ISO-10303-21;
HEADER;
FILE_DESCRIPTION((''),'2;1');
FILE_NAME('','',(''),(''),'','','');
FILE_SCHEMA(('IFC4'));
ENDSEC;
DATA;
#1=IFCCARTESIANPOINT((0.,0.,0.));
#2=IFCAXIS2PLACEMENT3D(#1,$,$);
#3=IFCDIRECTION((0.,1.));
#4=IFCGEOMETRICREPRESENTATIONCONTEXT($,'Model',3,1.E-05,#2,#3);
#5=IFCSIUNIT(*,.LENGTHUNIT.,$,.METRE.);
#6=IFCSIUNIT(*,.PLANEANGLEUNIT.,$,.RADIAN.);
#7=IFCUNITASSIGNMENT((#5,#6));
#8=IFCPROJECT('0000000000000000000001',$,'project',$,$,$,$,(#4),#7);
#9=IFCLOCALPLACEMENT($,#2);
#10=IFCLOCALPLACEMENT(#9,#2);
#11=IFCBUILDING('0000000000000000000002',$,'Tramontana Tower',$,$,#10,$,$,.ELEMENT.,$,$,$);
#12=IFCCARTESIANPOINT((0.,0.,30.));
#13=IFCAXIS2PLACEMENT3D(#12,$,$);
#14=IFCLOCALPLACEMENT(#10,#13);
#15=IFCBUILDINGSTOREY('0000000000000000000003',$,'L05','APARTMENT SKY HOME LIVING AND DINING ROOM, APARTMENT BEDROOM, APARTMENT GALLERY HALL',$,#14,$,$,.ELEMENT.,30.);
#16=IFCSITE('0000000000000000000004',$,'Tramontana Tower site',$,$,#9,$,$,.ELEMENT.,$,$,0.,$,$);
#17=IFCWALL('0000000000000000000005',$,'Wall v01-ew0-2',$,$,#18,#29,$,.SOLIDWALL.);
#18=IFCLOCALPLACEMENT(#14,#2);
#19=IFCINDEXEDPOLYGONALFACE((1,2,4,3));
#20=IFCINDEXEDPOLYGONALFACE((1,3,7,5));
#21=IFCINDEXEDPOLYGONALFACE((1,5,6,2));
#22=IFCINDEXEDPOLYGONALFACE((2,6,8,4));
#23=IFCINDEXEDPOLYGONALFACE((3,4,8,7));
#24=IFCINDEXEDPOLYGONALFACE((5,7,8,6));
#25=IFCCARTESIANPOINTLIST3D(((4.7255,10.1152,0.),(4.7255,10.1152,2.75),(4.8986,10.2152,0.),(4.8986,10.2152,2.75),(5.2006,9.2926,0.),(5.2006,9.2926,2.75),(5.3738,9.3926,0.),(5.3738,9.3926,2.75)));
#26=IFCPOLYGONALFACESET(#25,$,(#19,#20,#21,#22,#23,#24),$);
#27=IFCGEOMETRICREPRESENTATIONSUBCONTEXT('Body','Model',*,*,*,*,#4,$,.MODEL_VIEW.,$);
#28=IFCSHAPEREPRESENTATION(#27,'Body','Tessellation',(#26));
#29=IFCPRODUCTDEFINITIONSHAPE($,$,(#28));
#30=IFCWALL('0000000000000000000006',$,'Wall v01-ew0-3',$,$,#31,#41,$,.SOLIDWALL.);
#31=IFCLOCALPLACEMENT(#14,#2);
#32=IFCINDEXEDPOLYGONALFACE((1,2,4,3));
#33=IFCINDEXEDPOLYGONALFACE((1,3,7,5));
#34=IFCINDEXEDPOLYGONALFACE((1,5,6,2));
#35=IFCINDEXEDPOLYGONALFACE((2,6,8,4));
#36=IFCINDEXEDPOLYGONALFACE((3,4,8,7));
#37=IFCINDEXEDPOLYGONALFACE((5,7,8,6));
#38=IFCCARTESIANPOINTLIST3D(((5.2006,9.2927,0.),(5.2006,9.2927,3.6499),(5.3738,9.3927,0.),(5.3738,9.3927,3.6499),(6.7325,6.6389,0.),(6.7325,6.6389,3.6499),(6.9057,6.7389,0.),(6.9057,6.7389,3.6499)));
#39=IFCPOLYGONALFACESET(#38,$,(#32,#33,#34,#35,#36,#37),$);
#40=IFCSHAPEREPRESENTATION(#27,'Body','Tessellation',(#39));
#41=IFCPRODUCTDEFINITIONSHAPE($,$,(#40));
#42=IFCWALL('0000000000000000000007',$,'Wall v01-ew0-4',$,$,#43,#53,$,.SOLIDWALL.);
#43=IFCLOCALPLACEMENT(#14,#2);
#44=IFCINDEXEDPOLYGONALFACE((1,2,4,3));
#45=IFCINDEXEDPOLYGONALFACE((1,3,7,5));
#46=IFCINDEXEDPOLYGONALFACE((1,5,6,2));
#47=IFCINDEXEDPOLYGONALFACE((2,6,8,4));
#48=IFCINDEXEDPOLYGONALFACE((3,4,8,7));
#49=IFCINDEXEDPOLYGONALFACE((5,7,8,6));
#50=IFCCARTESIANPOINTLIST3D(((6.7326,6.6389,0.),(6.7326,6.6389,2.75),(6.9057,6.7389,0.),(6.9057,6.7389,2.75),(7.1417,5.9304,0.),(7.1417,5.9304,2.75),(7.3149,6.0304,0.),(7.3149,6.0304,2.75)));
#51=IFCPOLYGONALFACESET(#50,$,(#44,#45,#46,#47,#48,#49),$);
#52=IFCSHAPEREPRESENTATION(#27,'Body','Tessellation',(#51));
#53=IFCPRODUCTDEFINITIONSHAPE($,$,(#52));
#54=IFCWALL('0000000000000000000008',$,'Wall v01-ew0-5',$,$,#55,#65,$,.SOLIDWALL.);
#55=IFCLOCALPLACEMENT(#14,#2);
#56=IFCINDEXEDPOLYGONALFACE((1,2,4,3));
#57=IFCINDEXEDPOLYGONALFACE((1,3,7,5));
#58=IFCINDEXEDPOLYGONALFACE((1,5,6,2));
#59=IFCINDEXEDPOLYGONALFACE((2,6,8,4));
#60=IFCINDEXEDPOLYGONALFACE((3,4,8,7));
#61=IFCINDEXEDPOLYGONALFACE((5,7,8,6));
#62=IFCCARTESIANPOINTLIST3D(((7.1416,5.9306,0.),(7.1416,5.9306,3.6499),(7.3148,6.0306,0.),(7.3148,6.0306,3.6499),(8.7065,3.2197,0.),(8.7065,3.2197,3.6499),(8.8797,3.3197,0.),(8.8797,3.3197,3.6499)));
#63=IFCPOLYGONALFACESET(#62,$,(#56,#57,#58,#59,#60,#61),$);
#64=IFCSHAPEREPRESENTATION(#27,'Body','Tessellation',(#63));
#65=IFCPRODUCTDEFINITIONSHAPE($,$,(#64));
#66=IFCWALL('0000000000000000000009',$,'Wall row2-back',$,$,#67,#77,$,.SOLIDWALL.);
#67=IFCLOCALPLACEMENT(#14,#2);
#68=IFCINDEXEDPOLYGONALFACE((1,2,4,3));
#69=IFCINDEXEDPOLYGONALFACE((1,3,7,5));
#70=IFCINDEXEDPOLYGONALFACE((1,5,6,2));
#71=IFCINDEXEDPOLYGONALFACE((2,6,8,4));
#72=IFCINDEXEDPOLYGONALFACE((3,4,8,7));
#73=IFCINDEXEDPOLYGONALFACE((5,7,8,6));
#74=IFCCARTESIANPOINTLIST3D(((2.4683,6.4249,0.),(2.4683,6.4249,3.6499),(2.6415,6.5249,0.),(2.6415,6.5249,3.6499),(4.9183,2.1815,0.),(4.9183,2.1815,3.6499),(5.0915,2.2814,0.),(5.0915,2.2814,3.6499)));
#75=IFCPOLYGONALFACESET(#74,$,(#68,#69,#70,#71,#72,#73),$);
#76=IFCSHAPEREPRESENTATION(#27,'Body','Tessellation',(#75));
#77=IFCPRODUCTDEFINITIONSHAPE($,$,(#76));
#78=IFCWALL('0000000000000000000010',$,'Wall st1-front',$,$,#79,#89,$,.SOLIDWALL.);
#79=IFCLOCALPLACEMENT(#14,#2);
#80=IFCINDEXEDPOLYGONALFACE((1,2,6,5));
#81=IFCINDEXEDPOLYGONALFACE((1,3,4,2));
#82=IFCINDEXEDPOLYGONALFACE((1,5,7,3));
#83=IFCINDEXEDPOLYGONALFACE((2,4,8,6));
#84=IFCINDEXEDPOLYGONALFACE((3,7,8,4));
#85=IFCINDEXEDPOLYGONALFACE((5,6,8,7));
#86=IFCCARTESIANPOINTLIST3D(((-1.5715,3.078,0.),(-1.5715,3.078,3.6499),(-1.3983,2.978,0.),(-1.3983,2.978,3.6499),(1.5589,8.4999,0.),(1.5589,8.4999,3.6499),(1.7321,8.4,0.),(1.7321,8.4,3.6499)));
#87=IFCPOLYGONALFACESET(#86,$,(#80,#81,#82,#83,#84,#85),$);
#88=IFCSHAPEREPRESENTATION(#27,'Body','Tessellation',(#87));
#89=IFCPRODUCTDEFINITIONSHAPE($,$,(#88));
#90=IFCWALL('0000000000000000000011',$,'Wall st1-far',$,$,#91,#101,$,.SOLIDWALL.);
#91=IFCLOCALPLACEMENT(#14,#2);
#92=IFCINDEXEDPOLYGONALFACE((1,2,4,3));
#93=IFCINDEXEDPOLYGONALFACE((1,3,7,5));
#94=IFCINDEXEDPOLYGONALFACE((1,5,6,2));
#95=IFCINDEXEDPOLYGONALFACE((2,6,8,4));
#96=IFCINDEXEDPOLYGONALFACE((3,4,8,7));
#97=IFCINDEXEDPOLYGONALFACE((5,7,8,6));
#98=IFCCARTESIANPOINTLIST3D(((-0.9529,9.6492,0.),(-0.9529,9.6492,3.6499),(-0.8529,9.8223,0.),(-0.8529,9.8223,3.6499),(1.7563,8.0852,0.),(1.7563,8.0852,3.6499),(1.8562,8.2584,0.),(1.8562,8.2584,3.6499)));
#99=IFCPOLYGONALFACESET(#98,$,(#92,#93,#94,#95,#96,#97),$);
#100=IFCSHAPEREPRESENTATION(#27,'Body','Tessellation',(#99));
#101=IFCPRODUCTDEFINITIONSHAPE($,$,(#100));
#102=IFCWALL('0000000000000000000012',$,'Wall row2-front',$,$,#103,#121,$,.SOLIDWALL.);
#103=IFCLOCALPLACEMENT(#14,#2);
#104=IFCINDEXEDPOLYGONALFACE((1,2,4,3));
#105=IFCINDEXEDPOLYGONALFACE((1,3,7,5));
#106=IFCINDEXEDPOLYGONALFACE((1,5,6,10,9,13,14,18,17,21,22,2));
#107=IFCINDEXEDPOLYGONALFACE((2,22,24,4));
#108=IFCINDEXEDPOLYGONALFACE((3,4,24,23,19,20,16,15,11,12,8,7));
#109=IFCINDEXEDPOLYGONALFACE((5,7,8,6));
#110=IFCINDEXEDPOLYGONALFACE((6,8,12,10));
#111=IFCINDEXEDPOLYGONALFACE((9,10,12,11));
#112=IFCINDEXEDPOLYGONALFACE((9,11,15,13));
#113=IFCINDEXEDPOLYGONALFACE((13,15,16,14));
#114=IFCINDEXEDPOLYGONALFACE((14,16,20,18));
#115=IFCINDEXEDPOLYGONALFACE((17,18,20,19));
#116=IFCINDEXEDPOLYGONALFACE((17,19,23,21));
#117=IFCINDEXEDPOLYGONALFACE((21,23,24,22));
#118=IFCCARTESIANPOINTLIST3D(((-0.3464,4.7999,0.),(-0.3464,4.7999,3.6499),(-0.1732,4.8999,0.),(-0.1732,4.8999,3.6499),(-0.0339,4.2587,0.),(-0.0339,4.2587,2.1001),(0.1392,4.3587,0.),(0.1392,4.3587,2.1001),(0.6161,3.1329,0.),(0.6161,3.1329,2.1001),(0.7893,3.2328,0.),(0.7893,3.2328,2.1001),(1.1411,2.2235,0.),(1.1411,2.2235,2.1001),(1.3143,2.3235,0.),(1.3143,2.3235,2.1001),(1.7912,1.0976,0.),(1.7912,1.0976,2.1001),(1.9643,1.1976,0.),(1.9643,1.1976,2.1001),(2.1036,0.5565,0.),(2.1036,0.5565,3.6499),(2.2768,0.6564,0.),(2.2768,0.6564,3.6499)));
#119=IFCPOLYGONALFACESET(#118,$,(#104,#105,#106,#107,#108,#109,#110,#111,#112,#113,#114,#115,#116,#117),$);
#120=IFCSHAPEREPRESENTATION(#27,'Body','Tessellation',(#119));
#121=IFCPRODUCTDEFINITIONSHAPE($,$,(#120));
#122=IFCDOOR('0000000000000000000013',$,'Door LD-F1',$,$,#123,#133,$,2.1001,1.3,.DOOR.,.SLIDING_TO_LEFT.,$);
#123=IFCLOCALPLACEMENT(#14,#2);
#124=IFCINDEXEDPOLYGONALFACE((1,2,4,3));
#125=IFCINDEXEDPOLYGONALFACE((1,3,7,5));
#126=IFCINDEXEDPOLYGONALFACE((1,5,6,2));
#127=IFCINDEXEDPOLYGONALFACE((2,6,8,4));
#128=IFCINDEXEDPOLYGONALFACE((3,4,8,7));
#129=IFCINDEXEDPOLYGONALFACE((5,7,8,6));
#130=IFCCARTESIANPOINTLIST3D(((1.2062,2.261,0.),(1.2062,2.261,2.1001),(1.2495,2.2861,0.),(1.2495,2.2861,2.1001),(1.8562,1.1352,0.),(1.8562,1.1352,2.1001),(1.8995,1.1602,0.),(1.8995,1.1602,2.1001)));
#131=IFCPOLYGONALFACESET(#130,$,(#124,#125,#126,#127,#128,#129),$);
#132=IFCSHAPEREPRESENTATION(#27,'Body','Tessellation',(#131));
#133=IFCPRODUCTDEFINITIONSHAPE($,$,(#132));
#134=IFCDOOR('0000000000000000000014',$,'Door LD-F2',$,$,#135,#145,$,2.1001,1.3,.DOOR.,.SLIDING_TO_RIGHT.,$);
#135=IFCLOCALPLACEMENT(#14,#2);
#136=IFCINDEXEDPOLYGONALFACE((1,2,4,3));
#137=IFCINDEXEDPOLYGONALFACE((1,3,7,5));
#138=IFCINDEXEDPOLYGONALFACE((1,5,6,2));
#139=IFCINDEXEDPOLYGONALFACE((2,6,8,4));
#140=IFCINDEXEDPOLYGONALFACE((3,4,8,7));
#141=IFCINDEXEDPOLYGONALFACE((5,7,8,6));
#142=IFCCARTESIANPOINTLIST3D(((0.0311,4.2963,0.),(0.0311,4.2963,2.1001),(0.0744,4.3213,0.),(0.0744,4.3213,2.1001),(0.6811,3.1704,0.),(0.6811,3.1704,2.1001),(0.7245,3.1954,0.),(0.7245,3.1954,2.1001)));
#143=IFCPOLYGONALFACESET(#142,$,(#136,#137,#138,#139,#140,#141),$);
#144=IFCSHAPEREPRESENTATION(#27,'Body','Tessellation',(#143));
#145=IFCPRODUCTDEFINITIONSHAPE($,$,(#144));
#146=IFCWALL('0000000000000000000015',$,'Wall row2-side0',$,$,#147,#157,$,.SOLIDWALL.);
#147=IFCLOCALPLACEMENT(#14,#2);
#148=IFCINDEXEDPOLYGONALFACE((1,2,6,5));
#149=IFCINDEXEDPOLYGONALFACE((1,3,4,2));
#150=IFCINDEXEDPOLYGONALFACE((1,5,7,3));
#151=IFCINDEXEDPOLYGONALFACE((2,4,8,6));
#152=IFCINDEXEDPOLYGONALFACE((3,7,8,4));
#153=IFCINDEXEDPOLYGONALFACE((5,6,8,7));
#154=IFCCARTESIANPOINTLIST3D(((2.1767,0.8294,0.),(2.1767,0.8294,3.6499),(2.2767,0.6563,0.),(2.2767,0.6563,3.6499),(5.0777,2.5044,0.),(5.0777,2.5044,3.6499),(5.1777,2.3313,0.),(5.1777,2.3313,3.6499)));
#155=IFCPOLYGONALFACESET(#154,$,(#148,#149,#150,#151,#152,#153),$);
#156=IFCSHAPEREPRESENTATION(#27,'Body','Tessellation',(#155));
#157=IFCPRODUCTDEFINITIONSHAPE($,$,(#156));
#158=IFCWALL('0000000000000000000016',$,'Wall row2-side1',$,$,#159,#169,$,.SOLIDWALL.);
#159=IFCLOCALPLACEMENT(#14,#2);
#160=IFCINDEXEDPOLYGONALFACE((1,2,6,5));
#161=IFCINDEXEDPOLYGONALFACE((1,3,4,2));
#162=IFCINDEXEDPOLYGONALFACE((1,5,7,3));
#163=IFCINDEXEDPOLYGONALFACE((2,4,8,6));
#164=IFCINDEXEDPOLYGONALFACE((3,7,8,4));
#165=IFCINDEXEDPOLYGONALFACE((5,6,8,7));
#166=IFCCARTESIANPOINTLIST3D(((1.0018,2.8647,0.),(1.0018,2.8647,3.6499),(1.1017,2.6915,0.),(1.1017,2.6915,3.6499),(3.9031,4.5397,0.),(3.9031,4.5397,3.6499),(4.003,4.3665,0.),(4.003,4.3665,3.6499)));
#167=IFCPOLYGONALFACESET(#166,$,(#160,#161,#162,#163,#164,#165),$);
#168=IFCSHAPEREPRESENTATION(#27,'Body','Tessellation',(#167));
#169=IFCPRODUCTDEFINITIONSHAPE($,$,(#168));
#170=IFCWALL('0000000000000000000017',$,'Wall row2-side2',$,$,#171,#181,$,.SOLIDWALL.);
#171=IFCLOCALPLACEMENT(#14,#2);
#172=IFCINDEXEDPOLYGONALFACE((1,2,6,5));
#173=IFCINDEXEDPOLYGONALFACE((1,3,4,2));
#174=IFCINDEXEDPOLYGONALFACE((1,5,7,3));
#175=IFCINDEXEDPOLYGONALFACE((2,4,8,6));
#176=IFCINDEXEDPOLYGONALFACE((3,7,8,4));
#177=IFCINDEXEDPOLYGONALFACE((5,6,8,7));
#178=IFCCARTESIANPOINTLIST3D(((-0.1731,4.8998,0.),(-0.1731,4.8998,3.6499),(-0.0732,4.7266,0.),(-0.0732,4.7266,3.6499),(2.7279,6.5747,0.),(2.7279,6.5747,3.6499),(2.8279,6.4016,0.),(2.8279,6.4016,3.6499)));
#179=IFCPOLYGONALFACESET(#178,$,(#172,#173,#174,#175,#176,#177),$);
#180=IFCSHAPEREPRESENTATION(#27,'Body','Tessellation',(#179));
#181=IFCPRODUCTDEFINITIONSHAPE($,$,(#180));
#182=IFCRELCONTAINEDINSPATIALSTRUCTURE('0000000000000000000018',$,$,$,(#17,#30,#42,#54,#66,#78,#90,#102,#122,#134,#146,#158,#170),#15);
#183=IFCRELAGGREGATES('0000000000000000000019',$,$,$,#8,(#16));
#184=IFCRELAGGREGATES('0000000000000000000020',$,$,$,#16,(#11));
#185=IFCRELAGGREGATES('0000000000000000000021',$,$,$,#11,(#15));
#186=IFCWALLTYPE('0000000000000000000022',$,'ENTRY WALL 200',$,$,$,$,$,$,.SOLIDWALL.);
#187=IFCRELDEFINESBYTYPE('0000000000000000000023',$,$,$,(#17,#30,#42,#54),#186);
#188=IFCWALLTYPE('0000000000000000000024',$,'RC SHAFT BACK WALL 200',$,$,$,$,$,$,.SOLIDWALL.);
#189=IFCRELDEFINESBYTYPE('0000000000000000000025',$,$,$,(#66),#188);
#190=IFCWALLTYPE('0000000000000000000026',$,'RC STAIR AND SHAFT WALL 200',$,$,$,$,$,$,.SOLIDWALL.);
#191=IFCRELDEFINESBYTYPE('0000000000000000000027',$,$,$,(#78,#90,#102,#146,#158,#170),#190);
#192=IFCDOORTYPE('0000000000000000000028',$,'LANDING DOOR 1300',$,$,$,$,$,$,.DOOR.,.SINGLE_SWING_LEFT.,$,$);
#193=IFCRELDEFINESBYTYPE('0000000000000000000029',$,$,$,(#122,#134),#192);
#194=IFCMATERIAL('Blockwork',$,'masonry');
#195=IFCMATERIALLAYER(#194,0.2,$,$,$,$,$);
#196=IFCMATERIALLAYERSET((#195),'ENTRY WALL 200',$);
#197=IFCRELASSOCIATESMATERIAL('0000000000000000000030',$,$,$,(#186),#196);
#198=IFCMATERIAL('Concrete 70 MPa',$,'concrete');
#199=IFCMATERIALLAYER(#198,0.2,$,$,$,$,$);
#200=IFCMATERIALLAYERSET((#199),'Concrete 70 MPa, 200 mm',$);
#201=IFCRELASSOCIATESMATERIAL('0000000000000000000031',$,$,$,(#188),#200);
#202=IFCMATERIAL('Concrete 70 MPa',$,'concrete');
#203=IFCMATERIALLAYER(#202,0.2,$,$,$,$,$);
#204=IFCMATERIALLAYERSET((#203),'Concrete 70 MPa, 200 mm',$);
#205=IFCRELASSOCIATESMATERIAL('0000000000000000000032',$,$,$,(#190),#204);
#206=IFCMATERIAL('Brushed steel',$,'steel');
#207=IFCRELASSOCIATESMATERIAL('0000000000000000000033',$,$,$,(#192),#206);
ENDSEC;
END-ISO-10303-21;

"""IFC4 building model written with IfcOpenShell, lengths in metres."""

from ifc_helpers import new_model, si_unit, direction, frame, frame_2d, origin, place, context, subcontext, project, spatial, rectangle, extrude, material, layer, layer_set, type_object, element, fill, save


model = new_model("IFC4")

# Units and contexts
model_context = context("Model", 3, precision=1e-05, world=origin(), true_north=direction((0.0, 1.0)))
body_context = subcontext(model_context, "Body", "Model", "MODEL_VIEW")
ifc_project = project(units=[si_unit("LENGTHUNIT", "METRE"), si_unit("PLANEANGLEUNIT", "RADIAN")], contexts=[model_context])

# Site, building, storey
site_placement = place(None, origin())
site = spatial("IfcSite", under=ifc_project, at=site_placement, Name="Tramontana Tower site", CompositionType="ELEMENT", RefElevation=0.0)
building_placement = place(site_placement, origin())
building = spatial("IfcBuilding", under=site, at=building_placement, Name="Tramontana Tower", CompositionType="ELEMENT")
storey_placement = place(building_placement, frame((0.0, 0.0, 30.0)))
storey = spatial("IfcBuildingStorey", under=building, at=storey_placement, Name="L05", Description="APARTMENT SKY HOME LIVING AND DINING ROOM, APARTMENT BEDROOM, APARTMENT GALLERY HALL", CompositionType="ELEMENT", Elevation=30.0)

# Walls
ifc_material_1 = material(Name="Blockwork", Category="masonry")
ifc_layer_1 = layer(ifc_material_1, 0.2)
ifc_layer_set_1 = layer_set([ifc_layer_1], Name="ENTRY WALL 200")
wall_type_1 = type_object("IfcWallType", Name="ENTRY WALL 200", PredefinedType="SOLIDWALL", material=ifc_layer_set_1)
wall_1_placement = place(storey_placement, frame((4.812, 10.1653, 0.0), z_axis=(0.0, 0.0, 1.0), x_axis=(0.500175, -0.865924, 0.0)))
element("IfcWall", 1, at=wall_1_placement, inside=storey, type_object=wall_type_1, Name="Wall v01-ew0-2", PredefinedType="SOLIDWALL", context=body_context, shape_type="SweptSolid", body=[
    extrude(rectangle(XDim=0.95, YDim=0.2, at=frame_2d((0.4751, 0.0))), origin(), (0.0, 0.0, 1.0), 2.75),
])
wall_2_placement = place(storey_placement, frame((5.2871, 9.3428, 0.0), z_axis=(0.0, 0.0, 1.0), x_axis=(0.499952, -0.866053, 0.0)))
element("IfcWall", 2, at=wall_2_placement, inside=storey, type_object=wall_type_1, Name="Wall v01-ew0-3", PredefinedType="SOLIDWALL", context=body_context, shape_type="SweptSolid", body=[
    extrude(rectangle(XDim=3.0642, YDim=0.2, at=frame_2d((1.5322, 0.0))), origin(), (0.0, 0.0, 1.0), 3.6499),
])
wall_3_placement = place(storey_placement, frame((6.8191, 6.689, 0.0), z_axis=(0.0, 0.0, 1.0), x_axis=(0.500119, -0.865957, 0.0)))
element("IfcWall", 3, at=wall_3_placement, inside=storey, type_object=wall_type_1, Name="Wall v01-ew0-4", PredefinedType="SOLIDWALL", context=body_context, shape_type="SweptSolid", body=[
    extrude(rectangle(XDim=0.8181, YDim=0.2, at=frame_2d((0.4092, 0.0))), origin(), (0.0, 0.0, 1.0), 2.75),
])
wall_4_placement = place(storey_placement, frame((7.2283, 5.9805, 0.0), z_axis=(0.0, 0.0, 1.0), x_axis=(0.499948, -0.866056, 0.0)))
element("IfcWall", 4, at=wall_4_placement, inside=storey, type_object=wall_type_1, Name="Wall v01-ew0-5", PredefinedType="SOLIDWALL", context=body_context, shape_type="SweptSolid", body=[
    extrude(rectangle(XDim=3.1301, YDim=0.2, at=frame_2d((1.5649, 0.0))), origin(), (0.0, 0.0, 1.0), 3.6499),
])

# Walls
ifc_material_2 = material(Name="Concrete 70 MPa", Category="concrete")
ifc_layer_2 = layer(ifc_material_2, 0.2)
ifc_layer_set_2 = layer_set([ifc_layer_2], Name="Concrete 70 MPa, 200 mm")
wall_type_2 = type_object("IfcWallType", Name="RC SHAFT BACK WALL 200", PredefinedType="SOLIDWALL", material=ifc_layer_set_2)
wall_5_placement = place(storey_placement, frame((5.0049, 2.2314, 0.0), z_axis=(0.0, 0.0, 1.0), x_axis=(-0.500003, 0.866024, 0.0)))
element("IfcWall", 5, at=wall_5_placement, inside=storey, type_object=wall_type_2, Name="Wall row2-back", PredefinedType="SOLIDWALL", context=body_context, shape_type="SweptSolid", body=[
    extrude(rectangle(XDim=4.8999, YDim=0.2, at=frame_2d((2.45, 0.0))), origin(), (0.0, 0.0, 1.0), 3.6499),
])
ifc_material_3 = material(Name="Concrete 70 MPa", Category="concrete")
ifc_layer_3 = layer(ifc_material_3, 0.2)
ifc_layer_set_3 = layer_set([ifc_layer_3], Name="Concrete 70 MPa, 200 mm")
wall_type_3 = type_object("IfcWallType", Name="RC STAIR AND SHAFT WALL 200", PredefinedType="SOLIDWALL", material=ifc_layer_set_3)
wall_6_placement = place(storey_placement, frame((1.6455, 8.45, 0.0), z_axis=(0.0, 0.0, 1.0), x_axis=(-0.500006, -0.866022, 0.0)))
element("IfcWall", 6, at=wall_6_placement, inside=storey, type_object=wall_type_3, Name="Wall st1-front", PredefinedType="SOLIDWALL", context=body_context, shape_type="SweptSolid", body=[
    extrude(rectangle(XDim=6.2607, YDim=0.2, at=frame_2d((3.1304, 0.0))), origin(), (0.0, 0.0, 1.0), 3.6499),
])
wall_7_placement = place(storey_placement, frame((1.8062, 8.1719, 0.0), z_axis=(0.0, 0.0, 1.0), x_axis=(-0.866054, 0.49995, 0.0)))
element("IfcWall", 7, at=wall_7_placement, inside=storey, type_object=wall_type_3, Name="Wall st1-far", PredefinedType="SOLIDWALL", context=body_context, shape_type="SweptSolid", body=[
    extrude(rectangle(XDim=3.1282, YDim=0.2, at=frame_2d((1.564, 0.0))), origin(), (0.0, 0.0, 1.0), 3.6499),
])

# Wall, openings, doors
wall_8_placement = place(storey_placement, frame((2.1902, 0.6064, 0.0), z_axis=(0.0, 0.0, 1.0), x_axis=(-0.500003, 0.866024, 0.0)))
wall_8 = element("IfcWall", 8, at=wall_8_placement, inside=storey, type_object=wall_type_3, Name="Wall row2-front", PredefinedType="SOLIDWALL", context=body_context, shape_type="SweptSolid", body=[
    extrude(rectangle(XDim=4.8999, YDim=0.2, at=frame_2d((2.45, 0.0))), origin(), (0.0, 0.0, 1.0), 3.6499),
])
opening_1_placement = place(wall_8_placement, frame((0.625, 0.0, 0.0)))
opening_1 = element("IfcOpeningElement", 9, at=opening_1_placement, cuts=wall_8, PredefinedType="OPENING", context=body_context, shape_type="SweptSolid", body=[
    extrude(rectangle(XDim=1.3, YDim=2.1001, at=frame_2d((0.6499, 1.05))), frame((0.0, 0.1099, 0.0), z_axis=(0.0, -1.0, 0.0), x_axis=(1.0, 0.0, 0.0)), (0.0, 0.0, 1.0), 0.22),
])
opening_2_placement = place(wall_8_placement, frame((2.9751, 0.0, 0.0)))
opening_2 = element("IfcOpeningElement", 10, at=opening_2_placement, cuts=wall_8, PredefinedType="OPENING", context=body_context, shape_type="SweptSolid", body=[
    extrude(rectangle(XDim=1.3, YDim=2.1001, at=frame_2d((0.6499, 1.05))), frame((0.0, 0.1099, 0.0), z_axis=(0.0, -1.0, 0.0), x_axis=(1.0, 0.0, 0.0)), (0.0, 0.0, 1.0), 0.22),
])
ifc_material_4 = material(Name="Brushed steel", Category="steel")
door_type_1 = type_object("IfcDoorType", Name="LANDING DOOR 1300", OperationType="SINGLE_SWING_LEFT", PredefinedType="DOOR", material=ifc_material_4)
door_1_placement = place(opening_1_placement, origin())
door_1 = element("IfcDoor", 11, at=door_1_placement, inside=storey, type_object=door_type_1, Name="Door LD-F1", OperationType="SLIDING_TO_LEFT", OverallHeight=2.1001, OverallWidth=1.3, PredefinedType="DOOR", context=body_context, shape_type="SweptSolid", body=[
    extrude(rectangle(XDim=1.3, YDim=2.1001, at=frame_2d((0.6499, 1.05))), frame((0.0, 0.0249, 0.0), z_axis=(0.0, -1.0, 0.0), x_axis=(1.0, 0.0, 0.0)), (0.0, 0.0, 1.0), 0.05),
])
fill(opening_1, door_1)
door_2_placement = place(opening_2_placement, origin())
door_2 = element("IfcDoor", 12, at=door_2_placement, inside=storey, type_object=door_type_1, Name="Door LD-F2", OperationType="SLIDING_TO_RIGHT", OverallHeight=2.1001, OverallWidth=1.3, PredefinedType="DOOR", context=body_context, shape_type="SweptSolid", body=[
    extrude(rectangle(XDim=1.3, YDim=2.1001, at=frame_2d((0.6499, 1.05))), frame((0.0, 0.0249, 0.0), z_axis=(0.0, -1.0, 0.0), x_axis=(1.0, 0.0, 0.0)), (0.0, 0.0, 1.0), 0.05),
])
fill(opening_2, door_2)

# Walls
wall_9_placement = place(storey_placement, frame((2.2268, 0.7429, 0.0), z_axis=(0.0, 0.0, 1.0), x_axis=(0.866014, 0.500019, 0.0)))
element("IfcWall", 13, at=wall_9_placement, inside=storey, type_object=wall_type_3, Name="Wall row2-side0", PredefinedType="SOLIDWALL", context=body_context, shape_type="SweptSolid", body=[
    extrude(rectangle(XDim=3.3499, YDim=0.2, at=frame_2d((1.6748, 0.0))), origin(), (0.0, 0.0, 1.0), 3.6499),
])
wall_10_placement = place(storey_placement, frame((1.0518, 2.7781, 0.0), z_axis=(0.0, 0.0, 1.0), x_axis=(0.866033, 0.499987, 0.0)))
element("IfcWall", 14, at=wall_10_placement, inside=storey, type_object=wall_type_3, Name="Wall row2-side1", PredefinedType="SOLIDWALL", context=body_context, shape_type="SweptSolid", body=[
    extrude(rectangle(XDim=3.3501, YDim=0.2, at=frame_2d((1.675, 0.0))), origin(), (0.0, 0.0, 1.0), 3.6499),
])
wall_11_placement = place(storey_placement, frame((-0.123, 4.8132, 0.0), z_axis=(0.0, 0.0, 1.0), x_axis=(0.866014, 0.500019, 0.0)))
element("IfcWall", 15, at=wall_11_placement, inside=storey, type_object=wall_type_3, Name="Wall row2-side2", PredefinedType="SOLIDWALL", context=body_context, shape_type="SweptSolid", body=[
    extrude(rectangle(XDim=3.3499, YDim=0.2, at=frame_2d((1.6748, 0.0))), origin(), (0.0, 0.0, 1.0), 3.6499),
])

save(model, "model.ifc")
